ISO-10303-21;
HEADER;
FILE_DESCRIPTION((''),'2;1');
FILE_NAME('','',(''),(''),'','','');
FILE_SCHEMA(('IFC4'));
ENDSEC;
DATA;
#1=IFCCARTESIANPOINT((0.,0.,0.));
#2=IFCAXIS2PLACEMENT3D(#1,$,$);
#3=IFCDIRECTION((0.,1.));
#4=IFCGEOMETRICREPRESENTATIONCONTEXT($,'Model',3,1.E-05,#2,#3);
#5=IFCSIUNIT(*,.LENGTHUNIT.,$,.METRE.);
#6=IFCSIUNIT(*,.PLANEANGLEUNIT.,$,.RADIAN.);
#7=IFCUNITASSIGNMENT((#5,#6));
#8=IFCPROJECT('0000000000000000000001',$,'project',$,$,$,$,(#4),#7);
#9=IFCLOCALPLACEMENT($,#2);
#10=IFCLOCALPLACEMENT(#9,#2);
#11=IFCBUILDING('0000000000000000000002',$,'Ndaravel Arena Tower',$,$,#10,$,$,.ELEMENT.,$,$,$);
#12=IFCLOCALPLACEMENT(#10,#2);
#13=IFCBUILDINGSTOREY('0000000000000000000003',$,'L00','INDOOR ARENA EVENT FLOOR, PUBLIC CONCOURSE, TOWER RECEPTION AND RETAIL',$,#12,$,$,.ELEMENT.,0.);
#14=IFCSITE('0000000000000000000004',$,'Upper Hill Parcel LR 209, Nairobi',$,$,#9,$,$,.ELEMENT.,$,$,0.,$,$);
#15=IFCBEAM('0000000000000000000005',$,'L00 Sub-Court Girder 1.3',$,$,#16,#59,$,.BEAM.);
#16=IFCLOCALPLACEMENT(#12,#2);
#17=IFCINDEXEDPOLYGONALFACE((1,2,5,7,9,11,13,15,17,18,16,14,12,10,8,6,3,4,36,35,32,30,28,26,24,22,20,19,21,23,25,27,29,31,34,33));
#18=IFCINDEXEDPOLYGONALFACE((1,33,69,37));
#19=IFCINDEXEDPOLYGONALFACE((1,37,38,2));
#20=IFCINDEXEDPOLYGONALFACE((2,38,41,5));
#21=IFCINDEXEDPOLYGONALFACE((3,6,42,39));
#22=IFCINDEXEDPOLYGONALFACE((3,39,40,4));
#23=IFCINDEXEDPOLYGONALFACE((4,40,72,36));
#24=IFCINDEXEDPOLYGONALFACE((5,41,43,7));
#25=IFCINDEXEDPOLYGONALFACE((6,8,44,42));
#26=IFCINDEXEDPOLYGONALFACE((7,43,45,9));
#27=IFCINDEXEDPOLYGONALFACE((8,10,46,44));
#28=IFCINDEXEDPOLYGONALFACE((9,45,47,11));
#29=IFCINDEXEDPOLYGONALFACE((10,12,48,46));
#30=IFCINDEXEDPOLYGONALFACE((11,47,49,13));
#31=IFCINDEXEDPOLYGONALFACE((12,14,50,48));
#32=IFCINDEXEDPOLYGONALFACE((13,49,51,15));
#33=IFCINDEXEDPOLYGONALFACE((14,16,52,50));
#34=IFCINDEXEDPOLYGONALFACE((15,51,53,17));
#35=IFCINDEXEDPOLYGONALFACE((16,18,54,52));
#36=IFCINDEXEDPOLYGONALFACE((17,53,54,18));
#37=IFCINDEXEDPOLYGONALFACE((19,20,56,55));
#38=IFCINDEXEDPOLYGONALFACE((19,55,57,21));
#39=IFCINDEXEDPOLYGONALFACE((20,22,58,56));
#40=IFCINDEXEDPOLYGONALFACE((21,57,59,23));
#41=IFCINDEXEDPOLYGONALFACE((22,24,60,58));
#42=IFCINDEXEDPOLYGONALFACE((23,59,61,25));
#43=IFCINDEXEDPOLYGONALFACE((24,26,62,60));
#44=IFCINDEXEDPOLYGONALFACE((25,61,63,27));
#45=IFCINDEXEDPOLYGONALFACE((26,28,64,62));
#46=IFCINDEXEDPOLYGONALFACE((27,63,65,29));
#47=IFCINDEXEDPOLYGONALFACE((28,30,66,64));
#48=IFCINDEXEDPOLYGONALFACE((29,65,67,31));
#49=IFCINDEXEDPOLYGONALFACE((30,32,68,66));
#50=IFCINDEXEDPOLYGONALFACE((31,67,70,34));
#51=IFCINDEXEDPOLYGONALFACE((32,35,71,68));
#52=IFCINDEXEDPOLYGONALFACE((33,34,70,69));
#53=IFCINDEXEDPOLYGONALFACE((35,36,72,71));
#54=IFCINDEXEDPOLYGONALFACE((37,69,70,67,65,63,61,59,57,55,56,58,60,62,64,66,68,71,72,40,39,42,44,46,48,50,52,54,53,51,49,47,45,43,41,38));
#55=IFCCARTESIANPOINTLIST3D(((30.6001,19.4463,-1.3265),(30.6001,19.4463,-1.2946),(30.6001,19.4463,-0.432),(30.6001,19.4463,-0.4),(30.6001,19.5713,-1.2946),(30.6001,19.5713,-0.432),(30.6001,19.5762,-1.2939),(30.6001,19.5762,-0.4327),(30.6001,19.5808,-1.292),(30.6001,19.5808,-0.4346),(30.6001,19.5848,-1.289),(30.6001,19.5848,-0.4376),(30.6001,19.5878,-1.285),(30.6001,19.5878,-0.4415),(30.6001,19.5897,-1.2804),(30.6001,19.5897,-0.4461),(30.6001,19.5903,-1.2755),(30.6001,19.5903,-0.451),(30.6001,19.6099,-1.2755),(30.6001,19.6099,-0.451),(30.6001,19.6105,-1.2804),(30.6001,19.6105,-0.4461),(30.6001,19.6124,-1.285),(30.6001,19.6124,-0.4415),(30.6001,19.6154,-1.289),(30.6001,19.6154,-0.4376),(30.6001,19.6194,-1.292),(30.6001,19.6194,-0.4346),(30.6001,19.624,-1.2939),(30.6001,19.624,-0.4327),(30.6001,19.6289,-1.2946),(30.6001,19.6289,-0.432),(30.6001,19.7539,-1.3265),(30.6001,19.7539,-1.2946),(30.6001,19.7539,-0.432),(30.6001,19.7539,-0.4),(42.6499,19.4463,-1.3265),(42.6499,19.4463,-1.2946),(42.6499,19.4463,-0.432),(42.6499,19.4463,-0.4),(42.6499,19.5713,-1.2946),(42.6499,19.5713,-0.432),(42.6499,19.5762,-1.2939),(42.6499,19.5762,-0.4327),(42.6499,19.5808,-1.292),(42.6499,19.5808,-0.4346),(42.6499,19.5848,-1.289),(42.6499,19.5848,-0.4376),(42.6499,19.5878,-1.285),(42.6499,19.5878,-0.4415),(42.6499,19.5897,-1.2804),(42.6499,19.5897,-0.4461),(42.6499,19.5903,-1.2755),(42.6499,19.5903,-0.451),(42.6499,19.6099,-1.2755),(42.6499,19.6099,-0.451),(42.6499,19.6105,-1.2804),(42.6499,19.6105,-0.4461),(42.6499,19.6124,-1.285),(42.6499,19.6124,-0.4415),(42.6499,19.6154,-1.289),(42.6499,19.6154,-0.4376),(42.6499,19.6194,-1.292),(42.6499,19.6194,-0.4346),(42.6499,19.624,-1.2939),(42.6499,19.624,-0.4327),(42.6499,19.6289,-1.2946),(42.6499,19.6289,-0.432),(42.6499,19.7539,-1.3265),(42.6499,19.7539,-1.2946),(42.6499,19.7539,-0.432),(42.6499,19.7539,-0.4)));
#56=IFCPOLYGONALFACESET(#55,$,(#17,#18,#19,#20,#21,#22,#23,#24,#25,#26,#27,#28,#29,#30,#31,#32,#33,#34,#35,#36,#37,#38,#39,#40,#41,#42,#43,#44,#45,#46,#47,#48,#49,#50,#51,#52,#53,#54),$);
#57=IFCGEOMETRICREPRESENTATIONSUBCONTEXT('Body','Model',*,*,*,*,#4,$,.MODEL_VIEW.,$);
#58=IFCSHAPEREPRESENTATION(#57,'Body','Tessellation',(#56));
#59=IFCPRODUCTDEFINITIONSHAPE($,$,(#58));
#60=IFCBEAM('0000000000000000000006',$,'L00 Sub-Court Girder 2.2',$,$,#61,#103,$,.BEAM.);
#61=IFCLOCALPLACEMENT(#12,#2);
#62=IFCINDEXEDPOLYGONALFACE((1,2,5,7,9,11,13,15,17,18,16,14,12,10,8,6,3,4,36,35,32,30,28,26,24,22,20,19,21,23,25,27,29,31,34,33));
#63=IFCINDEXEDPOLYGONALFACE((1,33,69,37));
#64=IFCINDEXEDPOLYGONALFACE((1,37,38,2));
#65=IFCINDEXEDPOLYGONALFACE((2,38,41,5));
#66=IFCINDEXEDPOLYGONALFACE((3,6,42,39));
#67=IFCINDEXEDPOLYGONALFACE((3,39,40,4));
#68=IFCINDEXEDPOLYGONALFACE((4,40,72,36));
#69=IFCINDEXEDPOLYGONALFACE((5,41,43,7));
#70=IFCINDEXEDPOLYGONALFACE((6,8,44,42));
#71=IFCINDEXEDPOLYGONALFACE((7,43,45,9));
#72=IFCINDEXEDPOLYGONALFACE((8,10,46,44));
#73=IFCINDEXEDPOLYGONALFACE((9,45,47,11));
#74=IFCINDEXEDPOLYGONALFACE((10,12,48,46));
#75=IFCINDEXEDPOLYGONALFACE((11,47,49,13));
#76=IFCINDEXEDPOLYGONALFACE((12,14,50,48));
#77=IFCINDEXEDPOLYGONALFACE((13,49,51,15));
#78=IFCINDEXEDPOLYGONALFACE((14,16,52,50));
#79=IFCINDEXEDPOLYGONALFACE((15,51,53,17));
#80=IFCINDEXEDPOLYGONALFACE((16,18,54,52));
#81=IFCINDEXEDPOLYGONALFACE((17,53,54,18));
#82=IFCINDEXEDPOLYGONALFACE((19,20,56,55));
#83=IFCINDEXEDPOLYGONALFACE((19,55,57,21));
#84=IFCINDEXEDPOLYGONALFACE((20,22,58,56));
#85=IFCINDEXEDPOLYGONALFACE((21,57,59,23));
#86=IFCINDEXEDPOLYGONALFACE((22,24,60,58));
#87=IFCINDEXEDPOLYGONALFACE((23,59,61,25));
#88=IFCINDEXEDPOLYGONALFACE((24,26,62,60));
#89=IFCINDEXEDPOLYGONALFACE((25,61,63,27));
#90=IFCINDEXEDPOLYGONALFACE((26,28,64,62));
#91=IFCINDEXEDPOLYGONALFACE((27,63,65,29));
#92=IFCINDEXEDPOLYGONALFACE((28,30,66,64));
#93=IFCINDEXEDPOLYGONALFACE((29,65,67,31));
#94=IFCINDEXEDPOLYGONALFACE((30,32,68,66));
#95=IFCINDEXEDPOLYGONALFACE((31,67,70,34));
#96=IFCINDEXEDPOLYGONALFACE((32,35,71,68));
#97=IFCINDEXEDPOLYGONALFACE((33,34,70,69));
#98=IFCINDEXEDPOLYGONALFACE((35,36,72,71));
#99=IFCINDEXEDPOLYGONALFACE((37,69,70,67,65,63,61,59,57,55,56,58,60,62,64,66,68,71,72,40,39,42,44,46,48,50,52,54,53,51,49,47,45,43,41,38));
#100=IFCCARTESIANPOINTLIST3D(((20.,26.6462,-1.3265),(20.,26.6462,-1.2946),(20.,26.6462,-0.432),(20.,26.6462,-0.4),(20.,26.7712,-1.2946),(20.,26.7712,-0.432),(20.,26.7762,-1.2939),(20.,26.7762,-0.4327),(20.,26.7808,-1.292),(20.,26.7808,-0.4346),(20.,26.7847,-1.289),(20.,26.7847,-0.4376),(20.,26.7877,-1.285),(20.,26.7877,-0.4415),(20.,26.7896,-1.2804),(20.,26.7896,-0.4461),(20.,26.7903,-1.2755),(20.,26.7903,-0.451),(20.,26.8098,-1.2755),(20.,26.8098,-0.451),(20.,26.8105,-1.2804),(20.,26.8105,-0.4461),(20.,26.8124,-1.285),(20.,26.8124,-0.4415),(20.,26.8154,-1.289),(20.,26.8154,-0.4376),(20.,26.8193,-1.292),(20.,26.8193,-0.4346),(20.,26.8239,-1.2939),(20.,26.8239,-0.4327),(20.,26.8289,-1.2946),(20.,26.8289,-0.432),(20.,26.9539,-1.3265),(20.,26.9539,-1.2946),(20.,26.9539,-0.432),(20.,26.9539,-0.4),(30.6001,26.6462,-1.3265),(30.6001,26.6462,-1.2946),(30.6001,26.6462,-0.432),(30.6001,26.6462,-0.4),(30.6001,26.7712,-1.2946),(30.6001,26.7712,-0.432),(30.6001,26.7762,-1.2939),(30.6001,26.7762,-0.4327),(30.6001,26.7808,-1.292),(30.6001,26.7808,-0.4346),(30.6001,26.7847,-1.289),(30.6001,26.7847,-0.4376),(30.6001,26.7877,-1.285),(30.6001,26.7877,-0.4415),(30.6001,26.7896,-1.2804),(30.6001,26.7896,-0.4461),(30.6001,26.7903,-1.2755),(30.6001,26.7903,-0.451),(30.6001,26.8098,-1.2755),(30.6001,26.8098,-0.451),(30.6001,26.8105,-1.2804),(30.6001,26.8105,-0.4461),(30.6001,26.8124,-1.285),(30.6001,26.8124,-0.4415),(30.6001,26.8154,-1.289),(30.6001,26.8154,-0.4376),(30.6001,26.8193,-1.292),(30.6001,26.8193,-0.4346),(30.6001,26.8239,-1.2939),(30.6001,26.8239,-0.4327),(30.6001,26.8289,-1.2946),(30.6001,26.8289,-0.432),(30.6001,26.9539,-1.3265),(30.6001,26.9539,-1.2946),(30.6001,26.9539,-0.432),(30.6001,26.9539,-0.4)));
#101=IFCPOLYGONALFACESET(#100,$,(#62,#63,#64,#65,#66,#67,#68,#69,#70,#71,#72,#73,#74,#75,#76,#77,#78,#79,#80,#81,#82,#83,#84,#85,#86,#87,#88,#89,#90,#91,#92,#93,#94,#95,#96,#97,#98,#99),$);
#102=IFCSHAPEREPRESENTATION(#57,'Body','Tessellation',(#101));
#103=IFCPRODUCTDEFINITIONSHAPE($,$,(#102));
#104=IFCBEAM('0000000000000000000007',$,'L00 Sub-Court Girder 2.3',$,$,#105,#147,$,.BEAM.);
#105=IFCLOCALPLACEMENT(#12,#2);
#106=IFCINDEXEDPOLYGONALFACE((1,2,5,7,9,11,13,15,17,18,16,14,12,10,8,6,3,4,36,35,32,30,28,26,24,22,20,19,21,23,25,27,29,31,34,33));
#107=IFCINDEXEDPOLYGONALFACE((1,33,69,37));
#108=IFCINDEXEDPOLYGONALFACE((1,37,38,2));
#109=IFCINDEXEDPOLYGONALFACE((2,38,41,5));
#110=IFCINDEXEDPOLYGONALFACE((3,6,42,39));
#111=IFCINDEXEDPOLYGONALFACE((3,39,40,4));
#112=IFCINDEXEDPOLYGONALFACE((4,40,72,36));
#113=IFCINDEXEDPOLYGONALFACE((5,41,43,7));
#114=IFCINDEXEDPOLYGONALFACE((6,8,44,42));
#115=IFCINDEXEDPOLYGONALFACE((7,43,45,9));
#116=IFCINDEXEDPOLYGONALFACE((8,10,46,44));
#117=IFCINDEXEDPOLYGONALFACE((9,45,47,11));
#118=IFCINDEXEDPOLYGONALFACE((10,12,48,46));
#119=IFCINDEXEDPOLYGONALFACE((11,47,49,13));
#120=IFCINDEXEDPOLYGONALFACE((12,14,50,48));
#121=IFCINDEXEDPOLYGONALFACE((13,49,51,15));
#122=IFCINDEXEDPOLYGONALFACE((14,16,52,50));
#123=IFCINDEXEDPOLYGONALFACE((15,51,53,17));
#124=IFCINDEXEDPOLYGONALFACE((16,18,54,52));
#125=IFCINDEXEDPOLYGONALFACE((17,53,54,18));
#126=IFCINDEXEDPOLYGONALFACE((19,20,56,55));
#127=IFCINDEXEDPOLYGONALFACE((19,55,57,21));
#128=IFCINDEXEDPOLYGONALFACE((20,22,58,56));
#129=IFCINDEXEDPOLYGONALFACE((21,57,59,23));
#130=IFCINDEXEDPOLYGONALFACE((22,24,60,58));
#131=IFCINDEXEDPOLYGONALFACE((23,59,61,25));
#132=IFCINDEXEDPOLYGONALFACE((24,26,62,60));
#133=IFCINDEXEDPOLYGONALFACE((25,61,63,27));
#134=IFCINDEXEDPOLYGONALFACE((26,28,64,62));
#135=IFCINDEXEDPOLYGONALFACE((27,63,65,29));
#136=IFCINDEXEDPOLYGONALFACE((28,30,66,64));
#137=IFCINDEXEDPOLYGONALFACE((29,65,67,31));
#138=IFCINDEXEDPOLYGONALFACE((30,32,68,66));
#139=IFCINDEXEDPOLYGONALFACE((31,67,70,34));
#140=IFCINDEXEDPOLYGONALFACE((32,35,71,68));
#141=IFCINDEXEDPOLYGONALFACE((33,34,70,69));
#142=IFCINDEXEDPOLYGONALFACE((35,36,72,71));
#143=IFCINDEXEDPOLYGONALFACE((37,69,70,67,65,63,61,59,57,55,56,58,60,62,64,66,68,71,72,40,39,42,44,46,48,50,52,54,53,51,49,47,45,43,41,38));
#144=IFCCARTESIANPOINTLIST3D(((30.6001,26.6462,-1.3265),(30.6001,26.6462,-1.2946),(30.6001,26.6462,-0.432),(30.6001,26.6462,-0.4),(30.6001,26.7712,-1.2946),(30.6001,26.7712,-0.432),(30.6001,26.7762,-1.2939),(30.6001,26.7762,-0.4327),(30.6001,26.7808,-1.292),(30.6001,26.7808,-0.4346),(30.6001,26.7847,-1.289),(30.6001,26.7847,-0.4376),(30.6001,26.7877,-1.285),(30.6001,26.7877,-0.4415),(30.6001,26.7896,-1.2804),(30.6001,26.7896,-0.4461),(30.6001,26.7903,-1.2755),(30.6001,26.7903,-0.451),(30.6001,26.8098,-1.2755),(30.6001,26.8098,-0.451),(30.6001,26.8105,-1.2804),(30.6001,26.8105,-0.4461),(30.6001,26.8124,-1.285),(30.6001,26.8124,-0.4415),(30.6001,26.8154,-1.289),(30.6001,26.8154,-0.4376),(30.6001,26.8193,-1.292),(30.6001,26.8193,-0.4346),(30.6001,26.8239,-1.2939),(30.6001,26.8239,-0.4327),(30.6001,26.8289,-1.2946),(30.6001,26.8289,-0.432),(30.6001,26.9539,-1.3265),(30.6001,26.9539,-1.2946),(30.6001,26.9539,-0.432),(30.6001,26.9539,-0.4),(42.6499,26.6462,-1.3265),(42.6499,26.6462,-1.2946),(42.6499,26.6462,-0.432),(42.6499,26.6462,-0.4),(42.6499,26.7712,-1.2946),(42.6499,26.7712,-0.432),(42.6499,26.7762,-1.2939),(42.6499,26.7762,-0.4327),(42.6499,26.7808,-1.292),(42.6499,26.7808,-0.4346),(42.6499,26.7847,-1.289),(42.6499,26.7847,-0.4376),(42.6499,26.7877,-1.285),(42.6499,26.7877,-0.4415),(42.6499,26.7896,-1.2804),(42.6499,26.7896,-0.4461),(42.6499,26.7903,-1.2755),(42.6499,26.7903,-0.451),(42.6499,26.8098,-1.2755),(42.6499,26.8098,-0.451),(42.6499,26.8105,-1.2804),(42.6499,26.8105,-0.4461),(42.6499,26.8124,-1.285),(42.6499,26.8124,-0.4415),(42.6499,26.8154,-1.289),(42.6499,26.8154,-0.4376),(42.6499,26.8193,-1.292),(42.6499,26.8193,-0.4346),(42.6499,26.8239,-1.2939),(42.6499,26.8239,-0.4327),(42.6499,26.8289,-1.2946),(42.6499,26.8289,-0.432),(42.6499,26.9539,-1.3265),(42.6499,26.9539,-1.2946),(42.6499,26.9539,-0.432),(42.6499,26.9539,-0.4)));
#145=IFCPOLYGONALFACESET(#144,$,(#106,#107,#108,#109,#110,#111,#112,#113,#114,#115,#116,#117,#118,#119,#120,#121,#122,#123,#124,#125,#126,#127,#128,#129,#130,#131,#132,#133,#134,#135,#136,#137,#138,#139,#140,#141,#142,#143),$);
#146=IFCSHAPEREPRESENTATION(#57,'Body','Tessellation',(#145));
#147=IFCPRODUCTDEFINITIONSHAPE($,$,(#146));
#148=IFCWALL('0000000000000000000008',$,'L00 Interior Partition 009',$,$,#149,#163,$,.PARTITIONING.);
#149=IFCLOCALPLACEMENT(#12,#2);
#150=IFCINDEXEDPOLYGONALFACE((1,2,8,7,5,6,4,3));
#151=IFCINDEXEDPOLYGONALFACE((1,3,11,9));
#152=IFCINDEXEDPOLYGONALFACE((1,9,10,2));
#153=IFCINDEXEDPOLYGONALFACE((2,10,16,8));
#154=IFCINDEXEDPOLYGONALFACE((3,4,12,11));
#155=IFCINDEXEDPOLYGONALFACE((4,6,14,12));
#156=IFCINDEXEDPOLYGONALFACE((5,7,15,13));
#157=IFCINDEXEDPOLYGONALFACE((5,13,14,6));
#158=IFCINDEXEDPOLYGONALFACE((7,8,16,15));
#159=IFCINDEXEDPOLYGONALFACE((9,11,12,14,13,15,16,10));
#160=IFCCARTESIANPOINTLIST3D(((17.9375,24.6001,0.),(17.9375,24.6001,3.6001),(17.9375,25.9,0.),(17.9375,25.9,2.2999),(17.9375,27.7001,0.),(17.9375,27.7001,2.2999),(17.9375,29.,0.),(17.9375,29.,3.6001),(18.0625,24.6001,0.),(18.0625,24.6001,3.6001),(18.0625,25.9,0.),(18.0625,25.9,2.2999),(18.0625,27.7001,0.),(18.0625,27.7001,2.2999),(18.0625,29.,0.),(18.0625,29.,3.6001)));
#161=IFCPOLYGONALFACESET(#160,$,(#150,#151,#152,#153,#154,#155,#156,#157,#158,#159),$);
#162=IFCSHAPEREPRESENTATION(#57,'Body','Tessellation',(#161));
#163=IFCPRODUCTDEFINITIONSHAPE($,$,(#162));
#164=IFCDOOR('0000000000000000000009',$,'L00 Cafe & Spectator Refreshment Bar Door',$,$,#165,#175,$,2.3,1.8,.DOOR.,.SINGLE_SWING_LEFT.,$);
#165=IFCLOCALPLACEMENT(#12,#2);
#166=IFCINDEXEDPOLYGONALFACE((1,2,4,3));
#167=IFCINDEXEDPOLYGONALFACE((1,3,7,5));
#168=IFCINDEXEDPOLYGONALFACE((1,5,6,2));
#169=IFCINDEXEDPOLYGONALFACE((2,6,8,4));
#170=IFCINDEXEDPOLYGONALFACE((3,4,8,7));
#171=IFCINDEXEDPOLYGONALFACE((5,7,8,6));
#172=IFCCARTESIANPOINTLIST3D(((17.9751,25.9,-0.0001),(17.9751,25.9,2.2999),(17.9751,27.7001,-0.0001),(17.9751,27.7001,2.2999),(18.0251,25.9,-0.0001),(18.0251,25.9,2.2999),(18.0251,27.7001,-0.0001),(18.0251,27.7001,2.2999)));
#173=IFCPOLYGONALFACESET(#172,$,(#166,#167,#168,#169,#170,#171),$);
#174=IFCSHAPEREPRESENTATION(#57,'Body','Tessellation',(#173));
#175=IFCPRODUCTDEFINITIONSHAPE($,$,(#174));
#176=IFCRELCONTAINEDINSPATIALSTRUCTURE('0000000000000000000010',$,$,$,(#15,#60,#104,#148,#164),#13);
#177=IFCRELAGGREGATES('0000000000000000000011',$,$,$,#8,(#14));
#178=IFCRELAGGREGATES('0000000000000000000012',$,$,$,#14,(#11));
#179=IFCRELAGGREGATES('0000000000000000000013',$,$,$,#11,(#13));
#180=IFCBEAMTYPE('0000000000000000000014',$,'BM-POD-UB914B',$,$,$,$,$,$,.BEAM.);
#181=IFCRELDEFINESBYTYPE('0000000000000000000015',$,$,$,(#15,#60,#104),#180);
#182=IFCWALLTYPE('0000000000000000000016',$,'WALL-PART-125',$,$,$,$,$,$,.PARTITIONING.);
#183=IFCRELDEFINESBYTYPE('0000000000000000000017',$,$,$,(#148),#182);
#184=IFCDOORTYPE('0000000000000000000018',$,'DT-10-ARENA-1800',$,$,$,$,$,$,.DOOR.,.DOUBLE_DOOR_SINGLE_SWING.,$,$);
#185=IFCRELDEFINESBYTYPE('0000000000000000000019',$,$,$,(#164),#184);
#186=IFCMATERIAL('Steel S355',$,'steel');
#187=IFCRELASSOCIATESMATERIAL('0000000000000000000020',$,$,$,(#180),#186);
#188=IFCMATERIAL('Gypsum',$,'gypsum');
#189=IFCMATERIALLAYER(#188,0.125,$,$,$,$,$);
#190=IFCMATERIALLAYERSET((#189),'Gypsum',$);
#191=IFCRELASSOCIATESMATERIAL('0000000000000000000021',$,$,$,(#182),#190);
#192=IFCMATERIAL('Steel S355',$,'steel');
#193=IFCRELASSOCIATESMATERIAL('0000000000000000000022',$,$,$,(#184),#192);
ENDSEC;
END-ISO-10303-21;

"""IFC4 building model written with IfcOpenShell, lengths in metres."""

from ifc_helpers import new_model, si_unit, direction, frame, frame_2d, origin, origin_2d, place, context, subcontext, project, spatial, rectangle, i_section, extrude, material, layer, layer_set, material_profile, profile_set, type_object, element, fill, save


model = new_model("IFC4")

# Units and contexts
model_context = context("Model", 3, precision=1e-05, world=origin(), true_north=direction((0.0, 1.0)))
body_context = subcontext(model_context, "Body", "Model", "MODEL_VIEW")
ifc_project = project(units=[si_unit("LENGTHUNIT", "METRE"), si_unit("PLANEANGLEUNIT", "RADIAN")], contexts=[model_context])

# Site, building, storey
site_placement = place(None, origin())
site = spatial("IfcSite", under=ifc_project, at=site_placement, Name="Upper Hill Parcel LR 209, Nairobi", CompositionType="ELEMENT", RefElevation=0.0)
building_placement = place(site_placement, origin())
building = spatial("IfcBuilding", under=site, at=building_placement, Name="Ndaravel Arena Tower", CompositionType="ELEMENT")
storey_placement = place(building_placement, origin())
storey = spatial("IfcBuildingStorey", under=building, at=storey_placement, Name="L00", Description="INDOOR ARENA EVENT FLOOR, PUBLIC CONCOURSE, TOWER RECEPTION AND RETAIL", CompositionType="ELEMENT", Elevation=0.0)

# Beams
ifc_material_1 = material(Name="Steel S355", Category="steel")
ifc_material_profile_1 = material_profile(ifc_material_1, i_section(OverallWidth=0.3076, OverallDepth=0.9265, WebThickness=0.0195, FlangeThickness=0.032, FilletRadius=0.019, at=origin_2d()), Name="UB 914x305x289")
ifc_profile_set_1 = profile_set([ifc_material_profile_1], Name="Steel S355")
beam_type_1 = type_object("IfcBeamType", Name="BM-POD-UB914B", PredefinedType="BEAM", material=ifc_profile_set_1)
beam_1_placement = place(storey_placement, frame((30.6001, 19.6001, -0.8633), z_axis=(1.0, 0.0, 0.0), x_axis=(0.0, 1.0, 0.0)))
element("IfcBeam", 1, at=beam_1_placement, inside=storey, type_object=beam_type_1, Name="L00 Sub-Court Girder 1.3", PredefinedType="BEAM", context=body_context, shape_type="SweptSolid", body=[
    extrude(i_section(OverallWidth=0.3076, OverallDepth=0.9265, WebThickness=0.0195, FlangeThickness=0.032, FilletRadius=0.019, at=origin_2d()), origin(), (0.0, 0.0, 1.0), 12.0498),
])
beam_2_placement = place(storey_placement, frame((20.0, 26.8, -0.8633), z_axis=(1.0, 0.0, 0.0), x_axis=(0.0, 1.0, 0.0)))
element("IfcBeam", 2, at=beam_2_placement, inside=storey, type_object=beam_type_1, Name="L00 Sub-Court Girder 2.2", PredefinedType="BEAM", context=body_context, shape_type="SweptSolid", body=[
    extrude(i_section(OverallWidth=0.3076, OverallDepth=0.9265, WebThickness=0.0195, FlangeThickness=0.032, FilletRadius=0.019, at=origin_2d()), origin(), (0.0, 0.0, 1.0), 10.6001),
])
beam_3_placement = place(storey_placement, frame((30.6001, 26.8, -0.8633), z_axis=(1.0, 0.0, 0.0), x_axis=(0.0, 1.0, 0.0)))
element("IfcBeam", 3, at=beam_3_placement, inside=storey, type_object=beam_type_1, Name="L00 Sub-Court Girder 2.3", PredefinedType="BEAM", context=body_context, shape_type="SweptSolid", body=[
    extrude(i_section(OverallWidth=0.3076, OverallDepth=0.9265, WebThickness=0.0195, FlangeThickness=0.032, FilletRadius=0.019, at=origin_2d()), origin(), (0.0, 0.0, 1.0), 12.0498),
])

# Wall, opening, door
ifc_material_2 = material(Name="Gypsum", Category="gypsum")
ifc_layer_1 = layer(ifc_material_2, 0.125)
ifc_layer_set_1 = layer_set([ifc_layer_1], Name="Gypsum")
wall_type_1 = type_object("IfcWallType", Name="WALL-PART-125", PredefinedType="PARTITIONING", material=ifc_layer_set_1)
wall_1_placement = place(storey_placement, frame((18.0, 24.6001, 0.0), z_axis=(0.0, 0.0, 1.0), x_axis=(0.0, 1.0, 0.0)))
wall_1 = element("IfcWall", 4, at=wall_1_placement, inside=storey, type_object=wall_type_1, Name="L00 Interior Partition 009", PredefinedType="PARTITIONING", context=body_context, shape_type="SweptSolid", body=[
    extrude(rectangle(XDim=4.3999, YDim=0.125, at=frame_2d((2.2, 0.0))), origin(), (0.0, 0.0, 1.0), 3.6001),
])
opening_1_placement = place(wall_1_placement, frame((1.3, 0.0, 0.0)))
opening_1 = element("IfcOpeningElement", 5, at=opening_1_placement, cuts=wall_1, PredefinedType="OPENING", context=body_context, shape_type="SweptSolid", body=[
    extrude(rectangle(XDim=1.8, YDim=2.3, at=frame_2d((0.8999, 1.1499))), frame((0.0, 0.0625, 0.0), z_axis=(0.0, -1.0, 0.0), x_axis=(1.0, 0.0, 0.0)), (0.0, 0.0, 1.0), 0.125),
])
ifc_material_3 = material(Name="Steel S355", Category="steel")
door_type = type_object("IfcDoorType", Name="DT-10-ARENA-1800", OperationType="DOUBLE_DOOR_SINGLE_SWING", PredefinedType="DOOR", material=ifc_material_3)
door_1_placement = place(opening_1_placement, origin())
door_1 = element("IfcDoor", 6, at=door_1_placement, inside=storey, type_object=door_type, Name="L00 Cafe & Spectator Refreshment Bar Door", OperationType="SINGLE_SWING_LEFT", OverallHeight=2.3, OverallWidth=1.8, PredefinedType="DOOR", context=body_context, shape_type="SweptSolid", body=[
    extrude(rectangle(XDim=1.8, YDim=2.3, at=frame_2d((0.8999, 1.1499))), frame((0.0, 0.0249, 0.0), z_axis=(0.0, -1.0, 0.0), x_axis=(1.0, 0.0, 0.0)), (0.0, 0.0, 1.0), 0.05),
])
fill(opening_1, door_1)

save(model, "model.ifc")
